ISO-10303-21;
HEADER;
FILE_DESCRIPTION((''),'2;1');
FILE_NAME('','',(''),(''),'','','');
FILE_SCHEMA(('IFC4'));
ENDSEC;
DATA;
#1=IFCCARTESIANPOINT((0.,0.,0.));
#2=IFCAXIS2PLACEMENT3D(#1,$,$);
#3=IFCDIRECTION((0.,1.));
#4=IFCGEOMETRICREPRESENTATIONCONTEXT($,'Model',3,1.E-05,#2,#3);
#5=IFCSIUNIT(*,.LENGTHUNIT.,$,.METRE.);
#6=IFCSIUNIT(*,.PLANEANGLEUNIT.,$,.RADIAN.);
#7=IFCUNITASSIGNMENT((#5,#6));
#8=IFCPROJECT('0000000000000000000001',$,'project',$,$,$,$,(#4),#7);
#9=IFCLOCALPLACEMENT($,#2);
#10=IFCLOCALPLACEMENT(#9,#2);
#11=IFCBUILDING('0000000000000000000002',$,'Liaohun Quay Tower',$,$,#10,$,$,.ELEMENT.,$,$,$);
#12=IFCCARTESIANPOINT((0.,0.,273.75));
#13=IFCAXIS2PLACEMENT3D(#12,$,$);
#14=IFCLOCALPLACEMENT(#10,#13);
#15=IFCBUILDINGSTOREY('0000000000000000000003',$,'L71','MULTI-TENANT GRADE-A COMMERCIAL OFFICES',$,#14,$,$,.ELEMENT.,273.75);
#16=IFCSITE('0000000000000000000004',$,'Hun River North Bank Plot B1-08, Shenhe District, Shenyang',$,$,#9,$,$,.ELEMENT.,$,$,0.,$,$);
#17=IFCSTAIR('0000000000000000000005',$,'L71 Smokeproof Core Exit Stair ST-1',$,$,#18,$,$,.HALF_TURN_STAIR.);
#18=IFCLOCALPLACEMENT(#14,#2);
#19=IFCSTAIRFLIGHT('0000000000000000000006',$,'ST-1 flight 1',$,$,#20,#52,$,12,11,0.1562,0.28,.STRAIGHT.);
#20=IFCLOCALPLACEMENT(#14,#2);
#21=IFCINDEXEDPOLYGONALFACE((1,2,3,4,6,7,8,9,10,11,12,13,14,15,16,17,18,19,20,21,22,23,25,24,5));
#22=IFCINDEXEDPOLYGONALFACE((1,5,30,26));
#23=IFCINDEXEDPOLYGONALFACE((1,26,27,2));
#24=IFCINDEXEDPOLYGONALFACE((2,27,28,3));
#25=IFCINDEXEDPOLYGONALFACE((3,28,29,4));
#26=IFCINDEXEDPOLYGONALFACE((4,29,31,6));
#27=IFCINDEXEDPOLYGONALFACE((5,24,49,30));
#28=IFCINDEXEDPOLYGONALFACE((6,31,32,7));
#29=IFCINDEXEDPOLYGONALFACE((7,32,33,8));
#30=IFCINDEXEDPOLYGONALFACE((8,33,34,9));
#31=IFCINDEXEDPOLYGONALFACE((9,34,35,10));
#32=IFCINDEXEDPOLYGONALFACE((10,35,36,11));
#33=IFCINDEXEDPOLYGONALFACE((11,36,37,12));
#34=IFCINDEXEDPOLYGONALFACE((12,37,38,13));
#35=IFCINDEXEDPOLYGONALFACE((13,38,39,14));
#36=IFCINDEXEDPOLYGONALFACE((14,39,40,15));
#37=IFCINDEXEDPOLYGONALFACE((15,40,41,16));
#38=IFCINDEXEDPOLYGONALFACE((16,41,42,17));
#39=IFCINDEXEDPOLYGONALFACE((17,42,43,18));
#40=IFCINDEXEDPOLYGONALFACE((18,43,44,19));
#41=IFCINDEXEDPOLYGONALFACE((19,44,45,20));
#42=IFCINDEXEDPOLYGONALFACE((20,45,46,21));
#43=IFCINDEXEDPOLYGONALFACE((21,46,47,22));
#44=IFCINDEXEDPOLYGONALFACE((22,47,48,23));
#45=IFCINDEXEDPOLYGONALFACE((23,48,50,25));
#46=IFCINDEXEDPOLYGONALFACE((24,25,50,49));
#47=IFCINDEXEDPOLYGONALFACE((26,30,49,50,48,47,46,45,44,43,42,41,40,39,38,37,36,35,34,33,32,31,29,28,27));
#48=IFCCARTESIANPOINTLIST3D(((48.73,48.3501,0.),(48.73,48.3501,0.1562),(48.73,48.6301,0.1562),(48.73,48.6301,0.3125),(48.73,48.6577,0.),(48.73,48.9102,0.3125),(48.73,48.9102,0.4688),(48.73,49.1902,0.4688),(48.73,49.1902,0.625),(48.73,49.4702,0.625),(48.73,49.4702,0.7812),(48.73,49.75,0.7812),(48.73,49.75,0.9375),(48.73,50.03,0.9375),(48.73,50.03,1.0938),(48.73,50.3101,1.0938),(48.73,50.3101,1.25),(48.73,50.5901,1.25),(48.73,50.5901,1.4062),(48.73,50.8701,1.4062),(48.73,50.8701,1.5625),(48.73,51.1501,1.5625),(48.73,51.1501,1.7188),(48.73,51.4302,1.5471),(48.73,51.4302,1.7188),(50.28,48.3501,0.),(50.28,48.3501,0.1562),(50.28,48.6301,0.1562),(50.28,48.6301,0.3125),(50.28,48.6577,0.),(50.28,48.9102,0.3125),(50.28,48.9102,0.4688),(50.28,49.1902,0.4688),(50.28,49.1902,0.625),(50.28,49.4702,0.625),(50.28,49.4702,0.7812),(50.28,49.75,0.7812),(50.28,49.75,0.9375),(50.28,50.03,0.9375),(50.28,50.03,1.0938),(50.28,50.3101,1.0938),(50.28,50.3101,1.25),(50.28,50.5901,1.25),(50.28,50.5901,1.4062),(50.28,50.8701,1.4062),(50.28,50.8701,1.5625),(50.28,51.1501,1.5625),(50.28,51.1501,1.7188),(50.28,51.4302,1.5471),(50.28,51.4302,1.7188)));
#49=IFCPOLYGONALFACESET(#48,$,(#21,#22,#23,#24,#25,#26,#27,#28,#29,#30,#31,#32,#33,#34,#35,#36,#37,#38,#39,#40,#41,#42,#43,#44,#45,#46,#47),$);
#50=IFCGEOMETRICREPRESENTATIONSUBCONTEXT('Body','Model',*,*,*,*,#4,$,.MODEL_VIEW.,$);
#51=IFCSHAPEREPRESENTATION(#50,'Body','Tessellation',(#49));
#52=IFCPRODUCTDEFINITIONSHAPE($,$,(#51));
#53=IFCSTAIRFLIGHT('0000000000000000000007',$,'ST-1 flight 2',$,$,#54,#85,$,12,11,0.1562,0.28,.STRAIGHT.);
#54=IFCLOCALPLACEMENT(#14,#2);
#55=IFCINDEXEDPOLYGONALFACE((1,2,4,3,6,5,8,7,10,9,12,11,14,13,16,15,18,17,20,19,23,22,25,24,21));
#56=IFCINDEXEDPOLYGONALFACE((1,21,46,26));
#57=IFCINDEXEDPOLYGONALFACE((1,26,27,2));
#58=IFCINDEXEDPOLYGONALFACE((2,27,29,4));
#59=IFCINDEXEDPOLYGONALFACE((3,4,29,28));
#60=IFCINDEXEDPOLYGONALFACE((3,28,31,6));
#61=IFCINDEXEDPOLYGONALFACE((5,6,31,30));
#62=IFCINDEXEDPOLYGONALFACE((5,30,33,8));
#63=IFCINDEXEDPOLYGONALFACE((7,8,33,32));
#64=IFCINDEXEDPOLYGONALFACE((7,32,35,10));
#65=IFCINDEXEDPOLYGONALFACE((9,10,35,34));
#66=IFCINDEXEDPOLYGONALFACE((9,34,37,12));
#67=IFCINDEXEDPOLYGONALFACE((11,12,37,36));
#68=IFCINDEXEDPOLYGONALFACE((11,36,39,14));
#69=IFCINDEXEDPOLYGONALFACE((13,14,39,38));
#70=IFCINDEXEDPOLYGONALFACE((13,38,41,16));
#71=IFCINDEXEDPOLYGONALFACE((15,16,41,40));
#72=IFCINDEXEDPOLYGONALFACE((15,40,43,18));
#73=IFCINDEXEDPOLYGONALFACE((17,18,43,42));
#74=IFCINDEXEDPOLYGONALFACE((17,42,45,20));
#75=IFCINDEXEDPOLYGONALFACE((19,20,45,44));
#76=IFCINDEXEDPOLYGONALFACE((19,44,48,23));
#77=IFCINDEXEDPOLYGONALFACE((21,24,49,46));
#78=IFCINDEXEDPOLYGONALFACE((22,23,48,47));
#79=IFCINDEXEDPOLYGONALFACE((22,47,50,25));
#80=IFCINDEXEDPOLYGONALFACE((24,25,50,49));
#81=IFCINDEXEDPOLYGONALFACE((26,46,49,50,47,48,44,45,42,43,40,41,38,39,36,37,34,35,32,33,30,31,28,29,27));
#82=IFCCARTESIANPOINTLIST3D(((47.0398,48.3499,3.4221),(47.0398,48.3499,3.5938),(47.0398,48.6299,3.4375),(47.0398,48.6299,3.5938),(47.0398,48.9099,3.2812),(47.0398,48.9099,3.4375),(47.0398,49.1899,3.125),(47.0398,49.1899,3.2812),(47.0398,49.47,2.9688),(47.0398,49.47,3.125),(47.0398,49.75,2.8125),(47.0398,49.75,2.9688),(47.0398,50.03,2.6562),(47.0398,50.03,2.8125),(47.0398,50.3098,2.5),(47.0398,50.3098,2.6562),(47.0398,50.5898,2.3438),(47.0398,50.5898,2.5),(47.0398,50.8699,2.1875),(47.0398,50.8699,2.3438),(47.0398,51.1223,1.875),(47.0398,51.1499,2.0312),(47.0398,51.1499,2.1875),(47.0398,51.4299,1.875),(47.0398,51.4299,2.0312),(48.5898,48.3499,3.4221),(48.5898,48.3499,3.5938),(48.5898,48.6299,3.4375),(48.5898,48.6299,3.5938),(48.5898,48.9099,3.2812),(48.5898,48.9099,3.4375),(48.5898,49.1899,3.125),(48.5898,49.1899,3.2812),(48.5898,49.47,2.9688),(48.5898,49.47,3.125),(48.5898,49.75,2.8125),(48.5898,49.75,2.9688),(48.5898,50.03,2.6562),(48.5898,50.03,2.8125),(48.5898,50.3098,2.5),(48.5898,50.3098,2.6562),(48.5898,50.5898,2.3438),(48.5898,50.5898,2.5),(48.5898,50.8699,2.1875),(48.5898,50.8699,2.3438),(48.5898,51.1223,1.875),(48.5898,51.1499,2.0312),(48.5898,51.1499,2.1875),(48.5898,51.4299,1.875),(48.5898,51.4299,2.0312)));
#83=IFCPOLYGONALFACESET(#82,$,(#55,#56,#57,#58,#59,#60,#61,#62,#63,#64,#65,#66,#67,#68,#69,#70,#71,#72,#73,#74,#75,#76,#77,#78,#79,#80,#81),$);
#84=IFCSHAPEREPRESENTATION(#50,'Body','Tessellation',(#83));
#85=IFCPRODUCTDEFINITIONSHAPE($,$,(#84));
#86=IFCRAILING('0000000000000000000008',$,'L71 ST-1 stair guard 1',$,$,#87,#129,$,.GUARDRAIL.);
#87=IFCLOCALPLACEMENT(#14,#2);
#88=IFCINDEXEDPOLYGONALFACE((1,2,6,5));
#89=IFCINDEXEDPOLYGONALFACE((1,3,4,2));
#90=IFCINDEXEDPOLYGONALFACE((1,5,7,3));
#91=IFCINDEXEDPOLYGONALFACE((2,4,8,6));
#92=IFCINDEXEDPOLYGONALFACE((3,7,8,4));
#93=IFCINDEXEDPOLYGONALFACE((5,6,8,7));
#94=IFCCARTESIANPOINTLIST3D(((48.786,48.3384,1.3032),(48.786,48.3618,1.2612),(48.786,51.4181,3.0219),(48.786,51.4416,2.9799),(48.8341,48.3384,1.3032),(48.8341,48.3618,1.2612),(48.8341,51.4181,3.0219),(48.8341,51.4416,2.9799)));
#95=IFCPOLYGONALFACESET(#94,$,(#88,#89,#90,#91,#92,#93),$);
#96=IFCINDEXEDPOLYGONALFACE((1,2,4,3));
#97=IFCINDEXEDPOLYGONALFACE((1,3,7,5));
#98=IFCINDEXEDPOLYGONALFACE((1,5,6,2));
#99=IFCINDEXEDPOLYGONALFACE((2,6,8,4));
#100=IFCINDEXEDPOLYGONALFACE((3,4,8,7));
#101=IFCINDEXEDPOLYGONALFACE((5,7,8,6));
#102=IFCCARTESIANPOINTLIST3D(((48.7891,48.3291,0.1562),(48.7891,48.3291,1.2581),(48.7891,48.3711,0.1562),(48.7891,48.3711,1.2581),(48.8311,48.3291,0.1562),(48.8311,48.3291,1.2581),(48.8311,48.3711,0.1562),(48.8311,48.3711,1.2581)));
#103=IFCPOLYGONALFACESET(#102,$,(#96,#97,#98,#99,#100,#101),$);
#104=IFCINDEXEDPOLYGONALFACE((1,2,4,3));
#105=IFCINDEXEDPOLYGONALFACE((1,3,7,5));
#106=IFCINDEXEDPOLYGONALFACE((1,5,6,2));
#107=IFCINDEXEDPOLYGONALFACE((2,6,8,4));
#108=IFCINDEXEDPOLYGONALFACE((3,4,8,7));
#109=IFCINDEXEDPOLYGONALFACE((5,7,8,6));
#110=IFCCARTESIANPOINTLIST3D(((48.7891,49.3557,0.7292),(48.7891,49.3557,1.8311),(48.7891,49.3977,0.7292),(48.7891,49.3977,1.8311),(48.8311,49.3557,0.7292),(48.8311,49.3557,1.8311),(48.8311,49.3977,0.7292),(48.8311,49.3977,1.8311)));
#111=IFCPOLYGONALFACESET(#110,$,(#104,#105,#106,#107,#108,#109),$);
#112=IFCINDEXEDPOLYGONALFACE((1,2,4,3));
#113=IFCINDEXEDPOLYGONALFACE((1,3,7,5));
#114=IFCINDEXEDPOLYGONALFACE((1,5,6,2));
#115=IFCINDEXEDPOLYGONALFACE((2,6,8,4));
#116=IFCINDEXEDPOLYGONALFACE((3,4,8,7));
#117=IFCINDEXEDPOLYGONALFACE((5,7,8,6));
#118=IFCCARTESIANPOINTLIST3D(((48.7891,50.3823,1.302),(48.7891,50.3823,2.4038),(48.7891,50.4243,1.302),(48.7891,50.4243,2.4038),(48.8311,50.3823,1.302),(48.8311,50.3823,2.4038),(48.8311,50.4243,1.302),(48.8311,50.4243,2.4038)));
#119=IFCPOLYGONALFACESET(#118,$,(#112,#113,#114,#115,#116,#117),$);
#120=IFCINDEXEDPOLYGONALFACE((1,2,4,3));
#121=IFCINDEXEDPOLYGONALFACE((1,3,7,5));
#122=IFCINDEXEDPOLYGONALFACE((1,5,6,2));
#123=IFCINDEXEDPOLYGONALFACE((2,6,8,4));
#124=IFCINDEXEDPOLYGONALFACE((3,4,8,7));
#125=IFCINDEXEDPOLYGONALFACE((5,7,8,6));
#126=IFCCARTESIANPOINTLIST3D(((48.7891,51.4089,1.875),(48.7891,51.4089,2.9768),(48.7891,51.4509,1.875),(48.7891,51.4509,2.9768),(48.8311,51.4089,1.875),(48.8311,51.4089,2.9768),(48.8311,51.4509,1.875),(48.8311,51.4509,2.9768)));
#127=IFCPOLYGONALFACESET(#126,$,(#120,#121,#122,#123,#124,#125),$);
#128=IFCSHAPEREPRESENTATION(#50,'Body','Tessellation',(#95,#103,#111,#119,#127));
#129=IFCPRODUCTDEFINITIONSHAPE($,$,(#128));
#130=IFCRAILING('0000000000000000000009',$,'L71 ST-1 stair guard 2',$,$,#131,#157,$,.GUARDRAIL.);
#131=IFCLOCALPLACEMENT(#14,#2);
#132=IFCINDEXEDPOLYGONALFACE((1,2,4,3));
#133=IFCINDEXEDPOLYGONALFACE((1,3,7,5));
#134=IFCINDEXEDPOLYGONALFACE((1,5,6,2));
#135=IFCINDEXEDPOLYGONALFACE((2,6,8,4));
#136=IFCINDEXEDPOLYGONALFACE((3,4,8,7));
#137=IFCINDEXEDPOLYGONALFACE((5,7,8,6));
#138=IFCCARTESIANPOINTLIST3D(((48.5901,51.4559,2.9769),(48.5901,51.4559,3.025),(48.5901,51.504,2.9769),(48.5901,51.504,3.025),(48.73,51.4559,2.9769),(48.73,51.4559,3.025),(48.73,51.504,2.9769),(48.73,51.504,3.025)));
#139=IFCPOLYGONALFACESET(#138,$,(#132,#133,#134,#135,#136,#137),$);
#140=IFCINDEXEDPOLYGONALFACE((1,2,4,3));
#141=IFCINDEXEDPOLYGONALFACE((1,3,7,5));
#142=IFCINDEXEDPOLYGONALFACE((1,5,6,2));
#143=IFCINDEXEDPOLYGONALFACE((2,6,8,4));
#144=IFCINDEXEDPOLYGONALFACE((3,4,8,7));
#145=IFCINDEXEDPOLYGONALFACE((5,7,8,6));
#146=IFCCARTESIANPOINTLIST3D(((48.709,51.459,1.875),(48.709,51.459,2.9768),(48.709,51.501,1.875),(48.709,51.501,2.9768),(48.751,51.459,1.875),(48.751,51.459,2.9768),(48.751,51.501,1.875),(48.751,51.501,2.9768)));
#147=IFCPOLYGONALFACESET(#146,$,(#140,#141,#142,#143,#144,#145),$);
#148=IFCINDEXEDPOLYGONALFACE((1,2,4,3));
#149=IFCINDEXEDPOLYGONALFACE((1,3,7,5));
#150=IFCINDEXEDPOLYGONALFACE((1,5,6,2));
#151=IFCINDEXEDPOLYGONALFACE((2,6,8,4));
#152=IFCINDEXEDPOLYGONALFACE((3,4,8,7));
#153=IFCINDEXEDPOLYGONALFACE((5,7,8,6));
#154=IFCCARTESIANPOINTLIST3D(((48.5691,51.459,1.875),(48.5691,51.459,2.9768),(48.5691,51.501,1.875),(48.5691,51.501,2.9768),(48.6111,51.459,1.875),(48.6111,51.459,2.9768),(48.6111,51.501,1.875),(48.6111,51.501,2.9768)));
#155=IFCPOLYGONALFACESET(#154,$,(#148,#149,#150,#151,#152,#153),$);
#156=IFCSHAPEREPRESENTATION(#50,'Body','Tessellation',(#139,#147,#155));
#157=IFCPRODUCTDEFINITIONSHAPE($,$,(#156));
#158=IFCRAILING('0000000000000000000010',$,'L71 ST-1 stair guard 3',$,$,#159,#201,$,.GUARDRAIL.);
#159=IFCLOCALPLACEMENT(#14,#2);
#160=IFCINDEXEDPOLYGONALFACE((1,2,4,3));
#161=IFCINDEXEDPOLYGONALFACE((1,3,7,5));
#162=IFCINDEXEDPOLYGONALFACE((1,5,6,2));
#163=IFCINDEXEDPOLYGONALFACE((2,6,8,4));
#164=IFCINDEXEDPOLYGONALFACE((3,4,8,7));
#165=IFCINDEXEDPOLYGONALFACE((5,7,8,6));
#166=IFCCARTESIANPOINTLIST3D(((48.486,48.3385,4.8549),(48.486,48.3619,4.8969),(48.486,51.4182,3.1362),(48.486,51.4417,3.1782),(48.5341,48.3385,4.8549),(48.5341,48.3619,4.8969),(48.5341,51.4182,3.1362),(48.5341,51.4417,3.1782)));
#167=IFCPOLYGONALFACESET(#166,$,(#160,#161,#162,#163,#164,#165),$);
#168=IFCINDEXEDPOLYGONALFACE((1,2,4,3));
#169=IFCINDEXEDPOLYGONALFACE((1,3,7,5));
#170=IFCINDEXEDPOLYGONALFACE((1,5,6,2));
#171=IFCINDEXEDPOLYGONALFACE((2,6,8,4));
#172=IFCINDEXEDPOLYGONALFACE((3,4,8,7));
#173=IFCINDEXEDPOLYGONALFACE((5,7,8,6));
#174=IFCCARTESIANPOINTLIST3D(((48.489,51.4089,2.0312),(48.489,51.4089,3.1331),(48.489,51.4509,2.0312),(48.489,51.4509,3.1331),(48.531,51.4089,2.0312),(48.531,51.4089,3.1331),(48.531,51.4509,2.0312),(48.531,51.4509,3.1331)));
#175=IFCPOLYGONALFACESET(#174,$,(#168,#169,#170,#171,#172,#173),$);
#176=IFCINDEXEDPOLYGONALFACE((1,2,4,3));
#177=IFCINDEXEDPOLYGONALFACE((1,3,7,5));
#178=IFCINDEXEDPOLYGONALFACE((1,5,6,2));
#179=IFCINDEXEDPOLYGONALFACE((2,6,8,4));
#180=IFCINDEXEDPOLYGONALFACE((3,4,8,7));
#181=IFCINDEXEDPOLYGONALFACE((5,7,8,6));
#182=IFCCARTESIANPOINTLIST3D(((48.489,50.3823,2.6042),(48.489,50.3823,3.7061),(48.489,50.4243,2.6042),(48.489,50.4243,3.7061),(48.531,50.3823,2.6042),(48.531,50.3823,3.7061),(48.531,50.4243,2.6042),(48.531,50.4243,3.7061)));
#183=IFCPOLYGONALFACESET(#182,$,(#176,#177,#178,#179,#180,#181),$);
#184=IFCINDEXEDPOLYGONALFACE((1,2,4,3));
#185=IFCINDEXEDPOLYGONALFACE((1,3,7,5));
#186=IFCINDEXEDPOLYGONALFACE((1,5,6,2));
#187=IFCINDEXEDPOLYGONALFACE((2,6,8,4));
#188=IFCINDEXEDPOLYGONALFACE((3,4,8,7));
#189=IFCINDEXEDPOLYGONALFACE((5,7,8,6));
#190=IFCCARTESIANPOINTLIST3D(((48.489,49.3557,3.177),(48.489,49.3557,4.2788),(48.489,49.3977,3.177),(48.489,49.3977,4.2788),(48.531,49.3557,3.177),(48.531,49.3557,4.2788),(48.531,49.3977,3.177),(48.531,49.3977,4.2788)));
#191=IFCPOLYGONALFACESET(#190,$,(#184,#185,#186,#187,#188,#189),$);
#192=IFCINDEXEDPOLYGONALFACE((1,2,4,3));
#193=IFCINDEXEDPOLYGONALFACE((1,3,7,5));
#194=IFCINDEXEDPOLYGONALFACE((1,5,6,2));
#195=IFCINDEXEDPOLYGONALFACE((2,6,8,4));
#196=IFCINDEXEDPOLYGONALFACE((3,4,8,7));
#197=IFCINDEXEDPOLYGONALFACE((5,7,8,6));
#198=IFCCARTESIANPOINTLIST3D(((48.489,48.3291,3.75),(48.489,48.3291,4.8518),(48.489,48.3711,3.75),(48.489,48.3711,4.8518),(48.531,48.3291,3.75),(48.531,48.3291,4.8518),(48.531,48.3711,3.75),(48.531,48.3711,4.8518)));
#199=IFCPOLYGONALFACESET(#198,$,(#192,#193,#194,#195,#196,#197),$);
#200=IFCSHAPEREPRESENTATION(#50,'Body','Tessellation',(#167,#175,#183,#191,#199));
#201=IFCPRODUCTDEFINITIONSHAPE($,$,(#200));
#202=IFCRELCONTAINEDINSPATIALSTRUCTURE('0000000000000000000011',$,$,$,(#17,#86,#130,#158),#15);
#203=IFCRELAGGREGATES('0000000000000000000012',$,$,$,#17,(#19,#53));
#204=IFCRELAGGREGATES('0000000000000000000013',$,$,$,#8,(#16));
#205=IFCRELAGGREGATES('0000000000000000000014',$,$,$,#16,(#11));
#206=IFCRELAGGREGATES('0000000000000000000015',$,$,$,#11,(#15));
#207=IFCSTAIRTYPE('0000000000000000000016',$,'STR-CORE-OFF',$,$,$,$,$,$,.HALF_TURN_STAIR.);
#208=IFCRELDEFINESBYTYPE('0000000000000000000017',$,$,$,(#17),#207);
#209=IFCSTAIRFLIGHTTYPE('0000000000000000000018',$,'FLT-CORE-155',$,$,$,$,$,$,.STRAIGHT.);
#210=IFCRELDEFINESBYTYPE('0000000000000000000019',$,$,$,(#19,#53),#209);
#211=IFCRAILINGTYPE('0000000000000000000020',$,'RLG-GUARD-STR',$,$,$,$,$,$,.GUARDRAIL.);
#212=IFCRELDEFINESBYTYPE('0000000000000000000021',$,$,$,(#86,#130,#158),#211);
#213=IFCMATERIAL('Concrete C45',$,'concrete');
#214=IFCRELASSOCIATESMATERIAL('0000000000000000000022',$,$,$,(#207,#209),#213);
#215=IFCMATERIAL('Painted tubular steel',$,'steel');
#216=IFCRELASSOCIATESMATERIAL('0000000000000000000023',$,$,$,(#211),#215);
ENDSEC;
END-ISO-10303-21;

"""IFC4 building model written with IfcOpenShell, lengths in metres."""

from ifc_helpers import new_model, si_unit, direction, frame, origin, origin_2d, place, context, subcontext, project, spatial, polyline, rectangle, outline, extrude, material, type_object, element, aggregate, save


model = new_model("IFC4")

# Units and contexts
model_context = context("Model", 3, precision=1e-05, world=origin(), true_north=direction((0.0, 1.0)))
body_context = subcontext(model_context, "Body", "Model", "MODEL_VIEW")
ifc_project = project(units=[si_unit("LENGTHUNIT", "METRE"), si_unit("PLANEANGLEUNIT", "RADIAN")], contexts=[model_context])

# Site, building, storey
site_placement = place(None, origin())
site = spatial("IfcSite", under=ifc_project, at=site_placement, Name="Hun River North Bank Plot B1-08, Shenhe District, Shenyang", CompositionType="ELEMENT", RefElevation=0.0)
building_placement = place(site_placement, origin())
building = spatial("IfcBuilding", under=site, at=building_placement, Name="Liaohun Quay Tower", CompositionType="ELEMENT")
storey_placement = place(building_placement, frame((0.0, 0.0, 273.75)))
storey = spatial("IfcBuildingStorey", under=building, at=storey_placement, Name="L71", Description="MULTI-TENANT GRADE-A COMMERCIAL OFFICES", CompositionType="ELEMENT", Elevation=273.75)

# Stair, stair flights
ifc_material_1 = material(Name="Concrete C45", Category="concrete")
stair_type = type_object("IfcStairType", Name="STR-CORE-OFF", PredefinedType="HALF_TURN_STAIR", material=ifc_material_1)
stair_placement = place(storey_placement, origin())
stair = element("IfcStair", 1, at=stair_placement, inside=storey, type_object=stair_type, Name="L71 Smokeproof Core Exit Stair ST-1", PredefinedType="HALF_TURN_STAIR")
stair_flight_type = type_object("IfcStairFlightType", Name="FLT-CORE-155", PredefinedType="STRAIGHT", material=ifc_material_1)
stair_flight_1_placement = place(storey_placement, frame((49.5049, 48.3501, 0.0), z_axis=(0.0, 0.0, 1.0), x_axis=(0.0, 1.0, 0.0)))
stair_flight_1 = element("IfcStairFlight", 2, at=stair_flight_1_placement, type_object=stair_flight_type, Name="ST-1 flight 1", NumberOfRisers=12, NumberOfTreads=11, PredefinedType="STRAIGHT", RiserHeight=0.1562, TreadLength=0.28, context=body_context, shape_type="SweptSolid", body=[
    extrude(outline(polyline([(0.0, 0.0), (0.0, 0.1562), (0.28, 0.1562), (0.28, 0.3125), (0.5601, 0.3125), (0.5601, 0.4688), (0.8401, 0.4688), (0.8401, 0.625), (1.1201, 0.625), (1.1201, 0.7812), (1.3999, 0.7812), (1.3999, 0.9375), (1.6799, 0.9375), (1.6799, 1.0938), (1.96, 1.0938), (1.96, 1.25), (2.24, 1.25), (2.24, 1.4062), (2.52, 1.4062), (2.52, 1.5625), (2.8, 1.5625), (2.8, 1.7188), (3.0801, 1.7188), (3.0801, 1.875), (3.0801, 1.5471), (0.3076, 0.0), (0.0, 0.0)])), frame((0.0, 0.7749, 0.0), z_axis=(0.0, -1.0, 0.0), x_axis=(1.0, 0.0, 0.0)), (0.0, 0.0, 1.0), 1.55),
])
stair_flight_2_placement = place(storey_placement, frame((47.8149, 51.4299, 1.875), z_axis=(0.0, 0.0, 1.0), x_axis=(0.0, -1.0, 0.0)))
stair_flight_2 = element("IfcStairFlight", 3, at=stair_flight_2_placement, type_object=stair_flight_type, Name="ST-1 flight 2", NumberOfRisers=12, NumberOfTreads=11, PredefinedType="STRAIGHT", RiserHeight=0.1562, TreadLength=0.28, context=body_context, shape_type="SweptSolid", body=[
    extrude(outline(polyline([(0.0, 0.0), (0.0, 0.1562), (0.28, 0.1562), (0.28, 0.3125), (0.5601, 0.3125), (0.5601, 0.4688), (0.8401, 0.4688), (0.8401, 0.625), (1.1201, 0.625), (1.1201, 0.7812), (1.3999, 0.7812), (1.3999, 0.9375), (1.6799, 0.9375), (1.6799, 1.0938), (1.96, 1.0938), (1.96, 1.25), (2.24, 1.25), (2.24, 1.4062), (2.52, 1.4062), (2.52, 1.5625), (2.8, 1.5625), (2.8, 1.7188), (3.0801, 1.7188), (3.0801, 1.875), (3.0801, 1.5471), (0.3076, 0.0), (0.0, 0.0)])), frame((0.0, 0.7749, 0.0), z_axis=(0.0, -1.0, 0.0), x_axis=(1.0, 0.0, 0.0)), (0.0, 0.0, 1.0), 1.55),
])
aggregate(stair, [stair_flight_1, stair_flight_2])

# Railings
ifc_material_2 = material(Name="Painted tubular steel", Category="steel")
railing_type_1 = type_object("IfcRailingType", Name="RLG-GUARD-STR", PredefinedType="GUARDRAIL", material=ifc_material_2)
railing_1_placement = place(storey_placement, frame((48.8101, 48.3501, 0.1562)))
element("IfcRailing", 4, at=railing_1_placement, inside=storey, type_object=railing_type_1, Name="L71 ST-1 stair guard 1", PredefinedType="GUARDRAIL", context=body_context, shape_type="SweptSolid", body=[
    extrude(rectangle(XDim=0.0481, YDim=0.0481, at=origin_2d()), frame((0.0, 0.0, 1.126), z_axis=(0.0, 0.873225, 0.487317), x_axis=(-1.0, 0.0, 0.0)), (0.0, 0.0, 1.0), 3.5269),
    extrude(rectangle(XDim=0.042, YDim=0.042, at=origin_2d()), origin(), (0.0, 0.0, 1.0), 1.1018),
    extrude(rectangle(XDim=0.042, YDim=0.042, at=origin_2d()), frame((0.0, 1.0266, 0.573)), (0.0, 0.0, 1.0), 1.1018),
    extrude(rectangle(XDim=0.042, YDim=0.042, at=origin_2d()), frame((0.0, 2.0532, 1.1458)), (0.0, 0.0, 1.0), 1.1018),
    extrude(rectangle(XDim=0.042, YDim=0.042, at=origin_2d()), frame((0.0, 3.0798, 1.7188)), (0.0, 0.0, 1.0), 1.1018),
])
railing_2_placement = place(storey_placement, frame((48.73, 51.48, 1.875)))
element("IfcRailing", 5, at=railing_2_placement, inside=storey, type_object=railing_type_1, Name="L71 ST-1 stair guard 2", PredefinedType="GUARDRAIL", context=body_context, shape_type="SweptSolid", body=[
    extrude(rectangle(XDim=0.0481, YDim=0.0481, at=origin_2d()), frame((0.0, 0.0, 1.126), z_axis=(-1.0, 0.0, 0.0), x_axis=(0.0, -1.0, 0.0)), (0.0, 0.0, 1.0), 0.1399),
    extrude(rectangle(XDim=0.042, YDim=0.042, at=origin_2d()), origin(), (0.0, 0.0, 1.0), 1.1018),
    extrude(rectangle(XDim=0.042, YDim=0.042, at=origin_2d()), frame((-0.1399, 0.0, 0.0)), (0.0, 0.0, 1.0), 1.1018),
])
railing_3_placement = place(storey_placement, frame((48.51, 51.4299, 2.0312)))
element("IfcRailing", 6, at=railing_3_placement, inside=storey, type_object=railing_type_1, Name="L71 ST-1 stair guard 3", PredefinedType="GUARDRAIL", context=body_context, shape_type="SweptSolid", body=[
    extrude(rectangle(XDim=0.0481, YDim=0.0481, at=origin_2d()), frame((0.0, 0.0, 1.126), z_axis=(0.0, -0.873225, 0.487317), x_axis=(1.0, 0.0, 0.0)), (0.0, 0.0, 1.0), 3.5269),
    extrude(rectangle(XDim=0.042, YDim=0.042, at=origin_2d()), origin(), (0.0, 0.0, 1.0), 1.1018),
    extrude(rectangle(XDim=0.042, YDim=0.042, at=origin_2d()), frame((0.0, -1.0266, 0.573)), (0.0, 0.0, 1.0), 1.1018),
    extrude(rectangle(XDim=0.042, YDim=0.042, at=origin_2d()), frame((0.0, -2.0532, 1.1458)), (0.0, 0.0, 1.0), 1.1018),
    extrude(rectangle(XDim=0.042, YDim=0.042, at=origin_2d()), frame((0.0, -3.0798, 1.7188)), (0.0, 0.0, 1.0), 1.1018),
])

save(model, "model.ifc")
